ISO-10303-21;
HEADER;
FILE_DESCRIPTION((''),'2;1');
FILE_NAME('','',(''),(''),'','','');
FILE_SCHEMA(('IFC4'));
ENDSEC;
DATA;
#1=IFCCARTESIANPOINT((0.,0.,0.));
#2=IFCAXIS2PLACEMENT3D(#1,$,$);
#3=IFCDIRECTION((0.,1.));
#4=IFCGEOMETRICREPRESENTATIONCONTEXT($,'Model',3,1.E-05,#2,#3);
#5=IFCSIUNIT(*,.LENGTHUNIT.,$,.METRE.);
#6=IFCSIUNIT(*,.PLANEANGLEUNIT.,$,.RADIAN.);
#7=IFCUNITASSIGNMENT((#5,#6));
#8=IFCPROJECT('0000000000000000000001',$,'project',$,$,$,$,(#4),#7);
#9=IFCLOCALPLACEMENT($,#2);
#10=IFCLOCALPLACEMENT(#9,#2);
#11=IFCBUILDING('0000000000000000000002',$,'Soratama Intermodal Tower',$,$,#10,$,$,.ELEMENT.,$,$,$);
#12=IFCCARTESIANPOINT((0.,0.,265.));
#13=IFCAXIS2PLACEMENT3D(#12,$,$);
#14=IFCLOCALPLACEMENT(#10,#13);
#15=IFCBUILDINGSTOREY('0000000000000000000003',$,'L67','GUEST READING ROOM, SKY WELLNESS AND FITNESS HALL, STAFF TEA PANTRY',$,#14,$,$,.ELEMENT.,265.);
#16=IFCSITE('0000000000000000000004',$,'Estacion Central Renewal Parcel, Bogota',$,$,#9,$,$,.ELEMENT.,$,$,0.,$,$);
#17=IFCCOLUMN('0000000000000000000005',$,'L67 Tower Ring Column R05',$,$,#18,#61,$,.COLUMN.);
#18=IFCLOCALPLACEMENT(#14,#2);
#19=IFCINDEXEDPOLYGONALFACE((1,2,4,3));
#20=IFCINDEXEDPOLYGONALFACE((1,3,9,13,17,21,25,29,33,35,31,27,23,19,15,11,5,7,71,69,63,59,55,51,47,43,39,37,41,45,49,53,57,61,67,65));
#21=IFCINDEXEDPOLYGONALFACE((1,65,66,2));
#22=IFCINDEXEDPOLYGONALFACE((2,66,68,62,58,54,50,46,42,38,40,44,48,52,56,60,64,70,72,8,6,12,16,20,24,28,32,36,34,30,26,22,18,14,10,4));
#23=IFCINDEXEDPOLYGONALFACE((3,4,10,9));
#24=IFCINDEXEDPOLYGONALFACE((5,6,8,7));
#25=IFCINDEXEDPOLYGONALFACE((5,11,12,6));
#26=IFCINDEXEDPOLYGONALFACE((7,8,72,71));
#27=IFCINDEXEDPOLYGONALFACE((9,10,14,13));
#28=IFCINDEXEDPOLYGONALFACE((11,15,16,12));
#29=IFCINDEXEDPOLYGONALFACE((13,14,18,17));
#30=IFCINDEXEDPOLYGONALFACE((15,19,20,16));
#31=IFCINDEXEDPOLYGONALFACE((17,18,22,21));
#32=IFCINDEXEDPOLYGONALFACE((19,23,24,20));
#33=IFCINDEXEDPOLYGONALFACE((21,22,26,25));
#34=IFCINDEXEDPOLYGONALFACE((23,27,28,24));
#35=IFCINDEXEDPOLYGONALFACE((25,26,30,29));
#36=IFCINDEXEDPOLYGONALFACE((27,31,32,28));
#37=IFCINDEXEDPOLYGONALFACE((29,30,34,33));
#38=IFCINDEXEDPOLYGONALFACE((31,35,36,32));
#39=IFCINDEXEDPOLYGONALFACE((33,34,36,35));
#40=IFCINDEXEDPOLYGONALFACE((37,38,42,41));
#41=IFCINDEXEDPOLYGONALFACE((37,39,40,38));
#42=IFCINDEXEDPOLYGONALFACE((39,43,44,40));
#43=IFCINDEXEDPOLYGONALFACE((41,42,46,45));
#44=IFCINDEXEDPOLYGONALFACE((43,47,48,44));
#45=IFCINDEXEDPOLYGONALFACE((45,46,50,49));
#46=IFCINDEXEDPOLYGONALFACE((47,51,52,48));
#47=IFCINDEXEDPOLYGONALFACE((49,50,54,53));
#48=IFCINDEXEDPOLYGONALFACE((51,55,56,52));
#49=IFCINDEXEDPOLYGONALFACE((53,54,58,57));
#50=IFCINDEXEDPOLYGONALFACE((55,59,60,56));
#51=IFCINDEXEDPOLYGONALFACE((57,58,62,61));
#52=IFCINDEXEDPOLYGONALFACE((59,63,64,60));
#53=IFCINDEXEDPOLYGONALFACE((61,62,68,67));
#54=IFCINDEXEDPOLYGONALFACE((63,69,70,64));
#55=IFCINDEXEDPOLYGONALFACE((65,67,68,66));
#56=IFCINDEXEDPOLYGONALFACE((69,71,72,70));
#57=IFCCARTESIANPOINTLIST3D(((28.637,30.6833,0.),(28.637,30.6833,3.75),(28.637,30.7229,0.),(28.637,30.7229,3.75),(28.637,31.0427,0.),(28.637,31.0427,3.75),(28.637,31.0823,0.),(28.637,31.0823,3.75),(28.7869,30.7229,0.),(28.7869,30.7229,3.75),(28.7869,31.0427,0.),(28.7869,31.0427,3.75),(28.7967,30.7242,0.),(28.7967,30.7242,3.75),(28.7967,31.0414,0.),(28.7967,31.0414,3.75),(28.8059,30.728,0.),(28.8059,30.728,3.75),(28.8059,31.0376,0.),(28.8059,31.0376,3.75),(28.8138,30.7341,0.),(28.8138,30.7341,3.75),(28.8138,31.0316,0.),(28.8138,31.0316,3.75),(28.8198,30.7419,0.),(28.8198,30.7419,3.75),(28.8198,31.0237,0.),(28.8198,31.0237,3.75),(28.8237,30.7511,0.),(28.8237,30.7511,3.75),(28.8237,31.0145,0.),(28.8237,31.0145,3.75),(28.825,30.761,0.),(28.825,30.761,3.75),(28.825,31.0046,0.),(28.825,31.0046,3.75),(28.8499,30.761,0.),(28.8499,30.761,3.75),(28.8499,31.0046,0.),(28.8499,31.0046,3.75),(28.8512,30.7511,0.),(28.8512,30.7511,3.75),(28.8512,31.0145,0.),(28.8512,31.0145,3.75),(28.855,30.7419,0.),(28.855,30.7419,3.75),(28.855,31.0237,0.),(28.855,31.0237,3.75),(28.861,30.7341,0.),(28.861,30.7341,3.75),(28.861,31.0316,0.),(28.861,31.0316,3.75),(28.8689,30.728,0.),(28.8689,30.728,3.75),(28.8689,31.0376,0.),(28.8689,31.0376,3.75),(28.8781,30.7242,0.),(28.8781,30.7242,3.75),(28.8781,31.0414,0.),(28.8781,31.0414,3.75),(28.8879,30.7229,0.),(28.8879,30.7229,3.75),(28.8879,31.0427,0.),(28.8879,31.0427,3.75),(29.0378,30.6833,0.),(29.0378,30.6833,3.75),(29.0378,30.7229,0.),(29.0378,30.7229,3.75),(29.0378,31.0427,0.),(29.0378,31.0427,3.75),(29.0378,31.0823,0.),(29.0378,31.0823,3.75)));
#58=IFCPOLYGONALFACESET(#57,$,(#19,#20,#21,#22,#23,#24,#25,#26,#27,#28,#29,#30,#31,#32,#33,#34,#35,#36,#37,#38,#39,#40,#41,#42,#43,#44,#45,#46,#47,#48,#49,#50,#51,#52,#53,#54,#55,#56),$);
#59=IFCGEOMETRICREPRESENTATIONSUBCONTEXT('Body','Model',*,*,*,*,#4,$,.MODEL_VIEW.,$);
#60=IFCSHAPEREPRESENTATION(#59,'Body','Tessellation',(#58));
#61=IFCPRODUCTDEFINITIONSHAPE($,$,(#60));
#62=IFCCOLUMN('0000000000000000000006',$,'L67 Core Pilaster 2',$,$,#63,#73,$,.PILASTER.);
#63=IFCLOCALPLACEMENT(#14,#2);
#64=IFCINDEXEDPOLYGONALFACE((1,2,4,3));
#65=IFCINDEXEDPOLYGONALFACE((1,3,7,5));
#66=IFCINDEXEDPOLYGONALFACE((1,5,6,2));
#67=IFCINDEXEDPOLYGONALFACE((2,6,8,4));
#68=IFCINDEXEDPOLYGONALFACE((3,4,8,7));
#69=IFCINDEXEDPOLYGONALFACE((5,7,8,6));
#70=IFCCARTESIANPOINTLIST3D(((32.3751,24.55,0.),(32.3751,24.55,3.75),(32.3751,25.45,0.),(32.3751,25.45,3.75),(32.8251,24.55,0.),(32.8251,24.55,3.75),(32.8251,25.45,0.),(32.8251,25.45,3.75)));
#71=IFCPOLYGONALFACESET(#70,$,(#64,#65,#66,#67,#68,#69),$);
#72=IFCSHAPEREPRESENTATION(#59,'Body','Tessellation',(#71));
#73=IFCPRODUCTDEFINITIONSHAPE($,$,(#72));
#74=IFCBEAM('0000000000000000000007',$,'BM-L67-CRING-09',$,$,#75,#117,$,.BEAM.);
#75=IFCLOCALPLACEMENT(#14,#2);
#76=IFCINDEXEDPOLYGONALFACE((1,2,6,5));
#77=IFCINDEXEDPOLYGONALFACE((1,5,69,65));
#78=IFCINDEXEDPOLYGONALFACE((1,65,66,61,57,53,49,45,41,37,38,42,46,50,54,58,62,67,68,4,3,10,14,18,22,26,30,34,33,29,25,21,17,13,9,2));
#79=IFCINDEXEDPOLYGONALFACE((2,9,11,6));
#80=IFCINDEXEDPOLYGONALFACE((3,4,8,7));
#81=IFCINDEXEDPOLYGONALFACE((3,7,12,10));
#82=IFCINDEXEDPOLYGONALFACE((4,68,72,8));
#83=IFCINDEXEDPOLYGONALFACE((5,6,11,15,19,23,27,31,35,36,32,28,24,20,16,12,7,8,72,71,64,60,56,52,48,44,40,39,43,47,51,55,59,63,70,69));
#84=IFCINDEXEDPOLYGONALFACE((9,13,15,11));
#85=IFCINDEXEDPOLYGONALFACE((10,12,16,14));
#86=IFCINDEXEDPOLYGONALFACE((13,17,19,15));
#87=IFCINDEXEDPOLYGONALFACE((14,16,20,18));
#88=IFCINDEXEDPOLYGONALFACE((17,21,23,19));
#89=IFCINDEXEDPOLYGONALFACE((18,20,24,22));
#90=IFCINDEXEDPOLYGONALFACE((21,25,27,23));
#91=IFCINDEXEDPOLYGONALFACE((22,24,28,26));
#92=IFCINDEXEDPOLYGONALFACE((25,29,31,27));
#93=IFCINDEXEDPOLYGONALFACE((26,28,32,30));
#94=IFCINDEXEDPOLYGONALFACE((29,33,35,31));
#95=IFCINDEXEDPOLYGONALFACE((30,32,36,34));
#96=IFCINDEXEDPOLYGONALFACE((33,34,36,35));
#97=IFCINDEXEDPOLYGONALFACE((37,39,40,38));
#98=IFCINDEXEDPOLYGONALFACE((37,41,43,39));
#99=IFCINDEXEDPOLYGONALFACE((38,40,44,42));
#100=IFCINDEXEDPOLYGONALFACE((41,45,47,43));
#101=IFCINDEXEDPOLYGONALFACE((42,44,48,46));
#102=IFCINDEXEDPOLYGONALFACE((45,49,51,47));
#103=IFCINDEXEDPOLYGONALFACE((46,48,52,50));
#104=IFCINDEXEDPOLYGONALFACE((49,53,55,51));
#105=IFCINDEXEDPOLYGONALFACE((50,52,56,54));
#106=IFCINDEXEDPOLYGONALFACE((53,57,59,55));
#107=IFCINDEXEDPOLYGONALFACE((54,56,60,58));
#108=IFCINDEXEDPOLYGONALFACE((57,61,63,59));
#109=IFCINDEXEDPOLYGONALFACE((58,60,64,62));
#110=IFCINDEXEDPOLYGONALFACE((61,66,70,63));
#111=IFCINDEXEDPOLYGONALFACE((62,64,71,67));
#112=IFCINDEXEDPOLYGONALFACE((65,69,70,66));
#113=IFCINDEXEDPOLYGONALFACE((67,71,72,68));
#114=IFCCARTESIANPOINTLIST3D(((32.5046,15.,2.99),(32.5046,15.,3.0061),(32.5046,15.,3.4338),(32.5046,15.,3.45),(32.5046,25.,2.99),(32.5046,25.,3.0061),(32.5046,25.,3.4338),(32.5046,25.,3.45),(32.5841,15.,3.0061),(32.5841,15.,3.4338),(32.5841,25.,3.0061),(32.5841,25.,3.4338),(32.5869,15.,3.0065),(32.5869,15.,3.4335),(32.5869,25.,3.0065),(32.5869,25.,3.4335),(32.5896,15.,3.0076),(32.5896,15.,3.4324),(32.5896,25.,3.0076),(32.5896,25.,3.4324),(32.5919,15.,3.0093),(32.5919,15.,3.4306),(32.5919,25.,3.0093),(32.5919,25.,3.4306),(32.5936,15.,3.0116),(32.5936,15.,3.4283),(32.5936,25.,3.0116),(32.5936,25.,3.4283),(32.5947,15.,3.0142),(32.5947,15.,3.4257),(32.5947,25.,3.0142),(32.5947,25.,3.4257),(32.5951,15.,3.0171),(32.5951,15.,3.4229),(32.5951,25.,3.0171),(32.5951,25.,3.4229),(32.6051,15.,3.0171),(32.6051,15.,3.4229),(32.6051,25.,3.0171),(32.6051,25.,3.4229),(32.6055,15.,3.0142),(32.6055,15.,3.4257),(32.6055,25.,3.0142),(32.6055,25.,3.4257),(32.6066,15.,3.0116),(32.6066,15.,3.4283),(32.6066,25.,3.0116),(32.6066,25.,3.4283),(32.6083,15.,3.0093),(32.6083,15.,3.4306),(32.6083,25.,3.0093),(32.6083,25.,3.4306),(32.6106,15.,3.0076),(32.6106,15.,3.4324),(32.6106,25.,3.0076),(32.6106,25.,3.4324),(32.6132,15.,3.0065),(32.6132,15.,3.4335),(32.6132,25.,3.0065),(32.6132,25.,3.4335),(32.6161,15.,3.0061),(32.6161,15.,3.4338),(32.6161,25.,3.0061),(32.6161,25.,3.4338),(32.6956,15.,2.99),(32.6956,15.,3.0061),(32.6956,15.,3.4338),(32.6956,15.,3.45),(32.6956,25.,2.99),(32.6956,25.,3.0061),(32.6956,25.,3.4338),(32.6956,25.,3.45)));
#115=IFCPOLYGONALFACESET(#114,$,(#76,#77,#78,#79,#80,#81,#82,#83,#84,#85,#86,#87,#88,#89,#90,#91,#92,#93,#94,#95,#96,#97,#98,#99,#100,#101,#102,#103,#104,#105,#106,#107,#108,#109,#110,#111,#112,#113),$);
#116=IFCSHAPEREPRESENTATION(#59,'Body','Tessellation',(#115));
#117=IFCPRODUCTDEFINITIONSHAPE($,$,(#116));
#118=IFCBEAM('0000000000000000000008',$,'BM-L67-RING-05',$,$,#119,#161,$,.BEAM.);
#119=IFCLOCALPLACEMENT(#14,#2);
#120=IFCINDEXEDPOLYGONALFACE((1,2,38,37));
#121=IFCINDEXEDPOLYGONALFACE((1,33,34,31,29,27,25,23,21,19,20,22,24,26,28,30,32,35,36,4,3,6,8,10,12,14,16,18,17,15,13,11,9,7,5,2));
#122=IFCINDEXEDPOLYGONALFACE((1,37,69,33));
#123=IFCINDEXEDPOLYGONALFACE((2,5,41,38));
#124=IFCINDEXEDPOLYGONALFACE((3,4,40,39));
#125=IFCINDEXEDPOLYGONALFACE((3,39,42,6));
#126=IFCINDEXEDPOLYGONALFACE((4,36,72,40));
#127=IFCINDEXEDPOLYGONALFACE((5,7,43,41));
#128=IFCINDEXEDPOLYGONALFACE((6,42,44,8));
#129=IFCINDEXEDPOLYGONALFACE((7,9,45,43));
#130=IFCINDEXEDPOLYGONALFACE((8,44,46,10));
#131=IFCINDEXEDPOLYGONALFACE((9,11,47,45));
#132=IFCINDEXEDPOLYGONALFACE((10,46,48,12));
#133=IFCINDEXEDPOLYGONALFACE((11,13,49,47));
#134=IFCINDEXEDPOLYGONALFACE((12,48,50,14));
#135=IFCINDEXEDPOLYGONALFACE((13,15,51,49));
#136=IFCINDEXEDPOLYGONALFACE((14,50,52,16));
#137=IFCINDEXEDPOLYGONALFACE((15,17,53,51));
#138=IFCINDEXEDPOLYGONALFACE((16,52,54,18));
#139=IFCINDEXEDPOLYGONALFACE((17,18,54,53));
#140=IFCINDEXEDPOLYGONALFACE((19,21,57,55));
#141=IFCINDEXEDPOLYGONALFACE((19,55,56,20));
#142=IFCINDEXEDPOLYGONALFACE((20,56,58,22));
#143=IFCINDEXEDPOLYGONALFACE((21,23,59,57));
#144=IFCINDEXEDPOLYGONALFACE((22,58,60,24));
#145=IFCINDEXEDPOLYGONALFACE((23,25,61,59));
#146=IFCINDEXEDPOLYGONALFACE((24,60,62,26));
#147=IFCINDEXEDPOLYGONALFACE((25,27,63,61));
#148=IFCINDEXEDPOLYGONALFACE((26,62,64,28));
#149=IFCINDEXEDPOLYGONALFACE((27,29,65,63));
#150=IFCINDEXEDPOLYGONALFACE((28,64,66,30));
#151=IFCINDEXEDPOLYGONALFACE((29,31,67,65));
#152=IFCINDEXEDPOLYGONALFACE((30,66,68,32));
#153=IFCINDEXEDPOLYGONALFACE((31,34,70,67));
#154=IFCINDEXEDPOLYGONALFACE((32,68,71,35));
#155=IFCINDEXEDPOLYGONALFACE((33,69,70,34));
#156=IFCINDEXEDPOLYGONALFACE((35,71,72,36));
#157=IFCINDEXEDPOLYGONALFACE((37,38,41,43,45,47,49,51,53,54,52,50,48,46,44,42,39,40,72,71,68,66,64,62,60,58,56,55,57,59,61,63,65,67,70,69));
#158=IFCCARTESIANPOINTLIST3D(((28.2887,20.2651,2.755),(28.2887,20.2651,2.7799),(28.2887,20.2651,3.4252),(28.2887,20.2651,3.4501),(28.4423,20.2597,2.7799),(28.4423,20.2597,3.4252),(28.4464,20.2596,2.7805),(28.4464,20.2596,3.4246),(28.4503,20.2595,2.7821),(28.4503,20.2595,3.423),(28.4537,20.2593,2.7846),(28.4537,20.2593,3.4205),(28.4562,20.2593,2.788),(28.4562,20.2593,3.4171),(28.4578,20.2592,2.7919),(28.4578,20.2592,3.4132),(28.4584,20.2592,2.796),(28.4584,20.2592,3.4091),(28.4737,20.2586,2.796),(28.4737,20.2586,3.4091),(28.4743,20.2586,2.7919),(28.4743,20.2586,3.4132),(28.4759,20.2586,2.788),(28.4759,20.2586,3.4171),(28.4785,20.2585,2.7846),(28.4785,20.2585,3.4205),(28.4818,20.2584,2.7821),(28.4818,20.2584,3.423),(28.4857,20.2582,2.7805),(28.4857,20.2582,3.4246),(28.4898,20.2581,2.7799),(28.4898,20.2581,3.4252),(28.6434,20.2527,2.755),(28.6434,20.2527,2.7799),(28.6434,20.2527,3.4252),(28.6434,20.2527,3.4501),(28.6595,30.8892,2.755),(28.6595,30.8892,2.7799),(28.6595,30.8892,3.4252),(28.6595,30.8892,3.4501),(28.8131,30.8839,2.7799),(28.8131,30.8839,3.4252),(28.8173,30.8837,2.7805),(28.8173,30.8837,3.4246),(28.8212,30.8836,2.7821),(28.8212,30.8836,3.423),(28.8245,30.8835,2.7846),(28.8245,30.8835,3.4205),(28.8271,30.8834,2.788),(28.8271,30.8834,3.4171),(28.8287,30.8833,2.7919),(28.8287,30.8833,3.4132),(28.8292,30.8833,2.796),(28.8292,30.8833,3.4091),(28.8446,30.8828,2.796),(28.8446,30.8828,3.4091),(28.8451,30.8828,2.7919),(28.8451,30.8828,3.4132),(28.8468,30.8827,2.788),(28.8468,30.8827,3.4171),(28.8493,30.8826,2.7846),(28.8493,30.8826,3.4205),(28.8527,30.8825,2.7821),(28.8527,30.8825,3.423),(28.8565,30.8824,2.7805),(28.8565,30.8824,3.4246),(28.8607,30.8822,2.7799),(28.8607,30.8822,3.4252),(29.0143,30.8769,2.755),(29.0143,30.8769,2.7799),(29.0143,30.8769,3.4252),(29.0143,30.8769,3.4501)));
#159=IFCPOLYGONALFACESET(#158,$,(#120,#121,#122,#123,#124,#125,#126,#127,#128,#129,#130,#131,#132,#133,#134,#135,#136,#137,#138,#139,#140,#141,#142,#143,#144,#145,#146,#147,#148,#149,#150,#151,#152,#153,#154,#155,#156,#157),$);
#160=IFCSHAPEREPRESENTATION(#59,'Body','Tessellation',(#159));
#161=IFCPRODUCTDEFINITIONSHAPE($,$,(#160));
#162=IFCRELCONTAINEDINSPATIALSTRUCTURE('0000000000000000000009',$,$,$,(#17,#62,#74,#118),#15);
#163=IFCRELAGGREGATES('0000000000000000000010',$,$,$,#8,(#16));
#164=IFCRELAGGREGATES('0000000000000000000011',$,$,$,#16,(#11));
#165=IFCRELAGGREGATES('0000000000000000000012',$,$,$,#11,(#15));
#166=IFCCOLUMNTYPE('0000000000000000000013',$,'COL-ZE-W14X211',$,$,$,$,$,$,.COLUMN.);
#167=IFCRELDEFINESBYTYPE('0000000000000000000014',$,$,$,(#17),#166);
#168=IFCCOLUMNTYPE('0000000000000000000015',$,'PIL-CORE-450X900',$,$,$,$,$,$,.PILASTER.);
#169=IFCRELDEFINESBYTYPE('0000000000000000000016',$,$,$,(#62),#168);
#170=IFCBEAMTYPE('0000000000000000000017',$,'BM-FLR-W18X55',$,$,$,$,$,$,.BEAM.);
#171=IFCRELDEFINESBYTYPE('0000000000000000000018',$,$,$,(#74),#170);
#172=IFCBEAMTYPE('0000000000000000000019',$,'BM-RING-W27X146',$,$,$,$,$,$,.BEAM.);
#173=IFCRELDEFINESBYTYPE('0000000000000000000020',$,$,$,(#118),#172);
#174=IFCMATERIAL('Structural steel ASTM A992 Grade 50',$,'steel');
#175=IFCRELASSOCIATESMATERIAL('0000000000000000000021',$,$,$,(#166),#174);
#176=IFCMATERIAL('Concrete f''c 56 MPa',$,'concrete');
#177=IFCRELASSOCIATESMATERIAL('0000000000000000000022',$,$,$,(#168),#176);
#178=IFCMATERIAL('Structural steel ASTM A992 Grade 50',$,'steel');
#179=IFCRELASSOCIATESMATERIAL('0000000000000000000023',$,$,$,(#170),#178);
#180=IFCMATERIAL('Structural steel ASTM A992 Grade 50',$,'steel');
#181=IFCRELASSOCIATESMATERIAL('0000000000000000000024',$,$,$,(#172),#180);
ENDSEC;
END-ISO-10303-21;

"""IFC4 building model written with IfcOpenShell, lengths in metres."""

from ifc_helpers import new_model, si_unit, direction, frame, origin, origin_2d, place, context, subcontext, project, spatial, rectangle, i_section, extrude, material, material_profile, profile_set, type_object, element, save


model = new_model("IFC4")

# Units and contexts
model_context = context("Model", 3, precision=1e-05, world=origin(), true_north=direction((0.0, 1.0)))
body_context = subcontext(model_context, "Body", "Model", "MODEL_VIEW")
ifc_project = project(units=[si_unit("LENGTHUNIT", "METRE"), si_unit("PLANEANGLEUNIT", "RADIAN")], contexts=[model_context])

# Site, building, storey
site_placement = place(None, origin())
site = spatial("IfcSite", under=ifc_project, at=site_placement, Name="Estacion Central Renewal Parcel, Bogota", CompositionType="ELEMENT", RefElevation=0.0)
building_placement = place(site_placement, origin())
building = spatial("IfcBuilding", under=site, at=building_placement, Name="Soratama Intermodal Tower", CompositionType="ELEMENT")
storey_placement = place(building_placement, frame((0.0, 0.0, 265.0)))
storey = spatial("IfcBuildingStorey", under=building, at=storey_placement, Name="L67", Description="GUEST READING ROOM, SKY WELLNESS AND FITNESS HALL, STAFF TEA PANTRY", CompositionType="ELEMENT", Elevation=265.0)

# Columns
ifc_material_1 = material(Name="Structural steel ASTM A992 Grade 50", Category="steel")
ifc_material_profile_1 = material_profile(ifc_material_1, i_section(OverallWidth=0.4009, OverallDepth=0.3989, WebThickness=0.0249, FlangeThickness=0.0396, FilletRadius=0.0381, at=origin_2d()), Name="W14X211")
ifc_profile_set_1 = profile_set([ifc_material_profile_1], Name="Structural steel ASTM A992 Grade 50")
column_type_1 = type_object("IfcColumnType", Name="COL-ZE-W14X211", PredefinedType="COLUMN", material=ifc_profile_set_1)
column_1_placement = place(storey_placement, frame((28.8374, 30.8828, 0.0), z_axis=(0.0, 0.0, 1.0), x_axis=(1.0, 0.0, 0.0)))
element("IfcColumn", 1, at=column_1_placement, inside=storey, type_object=column_type_1, Name="L67 Tower Ring Column R05", PredefinedType="COLUMN", context=body_context, shape_type="SweptSolid", body=[
    extrude(i_section(OverallWidth=0.4009, OverallDepth=0.3989, WebThickness=0.0249, FlangeThickness=0.0396, FilletRadius=0.0381, at=origin_2d()), origin(), (0.0, 0.0, 1.0), 3.75),
])
ifc_material_2 = material(Name="Concrete f'c 56 MPa", Category="concrete")
ifc_material_profile_2 = material_profile(ifc_material_2, rectangle(XDim=0.45, YDim=0.8999, at=origin_2d()), Name="RC450X900")
ifc_profile_set_2 = profile_set([ifc_material_profile_2], Name="Concrete f'c 56 MPa")
column_type_2 = type_object("IfcColumnType", Name="PIL-CORE-450X900", PredefinedType="PILASTER", material=ifc_profile_set_2)
column_2_placement = place(storey_placement, frame((32.6001, 25.0, 0.0), z_axis=(0.0, 0.0, 1.0), x_axis=(1.0, 0.0, 0.0)))
element("IfcColumn", 2, at=column_2_placement, inside=storey, type_object=column_type_2, Name="L67 Core Pilaster 2", PredefinedType="PILASTER", context=body_context, shape_type="SweptSolid", body=[
    extrude(rectangle(XDim=0.45, YDim=0.8999, at=origin_2d()), origin(), (0.0, 0.0, 1.0), 3.75),
])

# Beams
ifc_material_3 = material(Name="Structural steel ASTM A992 Grade 50", Category="steel")
ifc_material_profile_3 = material_profile(ifc_material_3, i_section(OverallWidth=0.1909, OverallDepth=0.46, WebThickness=0.01, FlangeThickness=0.0161, FilletRadius=0.011, at=origin_2d()), Name="W18X55")
ifc_profile_set_3 = profile_set([ifc_material_profile_3], Name="Structural steel ASTM A992 Grade 50")
beam_type_1 = type_object("IfcBeamType", Name="BM-FLR-W18X55", PredefinedType="BEAM", material=ifc_profile_set_3)
beam_1_placement = place(storey_placement, frame((32.6001, 25.0, 3.22), z_axis=(0.0, -1.0, 0.0), x_axis=(1.0, 0.0, 0.0)))
element("IfcBeam", 3, at=beam_1_placement, inside=storey, type_object=beam_type_1, Name="BM-L67-CRING-09", PredefinedType="BEAM", context=body_context, shape_type="SweptSolid", body=[
    extrude(i_section(OverallWidth=0.1909, OverallDepth=0.46, WebThickness=0.01, FlangeThickness=0.0161, FilletRadius=0.011, at=origin_2d()), origin(), (0.0, 0.0, 1.0), 10.0),
])
ifc_material_4 = material(Name="Structural steel ASTM A992 Grade 50", Category="steel")
ifc_material_profile_4 = material_profile(ifc_material_4, i_section(OverallWidth=0.355, OverallDepth=0.6951, WebThickness=0.0154, FlangeThickness=0.0249, FilletRadius=0.0161, at=origin_2d()), Name="W27X146")
ifc_profile_set_4 = profile_set([ifc_material_profile_4], Name="Structural steel ASTM A992 Grade 50")
beam_type_2 = type_object("IfcBeamType", Name="BM-RING-W27X146", PredefinedType="BEAM", material=ifc_profile_set_4)
beam_2_placement = place(storey_placement, frame((28.8369, 30.8831, 3.1025), z_axis=(-0.034885, -0.999391, 0.0), x_axis=(0.999391, -0.034885, 0.0)))
element("IfcBeam", 4, at=beam_2_placement, inside=storey, type_object=beam_type_2, Name="BM-L67-RING-05", PredefinedType="BEAM", context=body_context, shape_type="SweptSolid", body=[
    extrude(i_section(OverallWidth=0.355, OverallDepth=0.6951, WebThickness=0.0154, FlangeThickness=0.0249, FilletRadius=0.0161, at=origin_2d()), origin(), (0.0, 0.0, 1.0), 10.6306),
])

save(model, "model.ifc")
